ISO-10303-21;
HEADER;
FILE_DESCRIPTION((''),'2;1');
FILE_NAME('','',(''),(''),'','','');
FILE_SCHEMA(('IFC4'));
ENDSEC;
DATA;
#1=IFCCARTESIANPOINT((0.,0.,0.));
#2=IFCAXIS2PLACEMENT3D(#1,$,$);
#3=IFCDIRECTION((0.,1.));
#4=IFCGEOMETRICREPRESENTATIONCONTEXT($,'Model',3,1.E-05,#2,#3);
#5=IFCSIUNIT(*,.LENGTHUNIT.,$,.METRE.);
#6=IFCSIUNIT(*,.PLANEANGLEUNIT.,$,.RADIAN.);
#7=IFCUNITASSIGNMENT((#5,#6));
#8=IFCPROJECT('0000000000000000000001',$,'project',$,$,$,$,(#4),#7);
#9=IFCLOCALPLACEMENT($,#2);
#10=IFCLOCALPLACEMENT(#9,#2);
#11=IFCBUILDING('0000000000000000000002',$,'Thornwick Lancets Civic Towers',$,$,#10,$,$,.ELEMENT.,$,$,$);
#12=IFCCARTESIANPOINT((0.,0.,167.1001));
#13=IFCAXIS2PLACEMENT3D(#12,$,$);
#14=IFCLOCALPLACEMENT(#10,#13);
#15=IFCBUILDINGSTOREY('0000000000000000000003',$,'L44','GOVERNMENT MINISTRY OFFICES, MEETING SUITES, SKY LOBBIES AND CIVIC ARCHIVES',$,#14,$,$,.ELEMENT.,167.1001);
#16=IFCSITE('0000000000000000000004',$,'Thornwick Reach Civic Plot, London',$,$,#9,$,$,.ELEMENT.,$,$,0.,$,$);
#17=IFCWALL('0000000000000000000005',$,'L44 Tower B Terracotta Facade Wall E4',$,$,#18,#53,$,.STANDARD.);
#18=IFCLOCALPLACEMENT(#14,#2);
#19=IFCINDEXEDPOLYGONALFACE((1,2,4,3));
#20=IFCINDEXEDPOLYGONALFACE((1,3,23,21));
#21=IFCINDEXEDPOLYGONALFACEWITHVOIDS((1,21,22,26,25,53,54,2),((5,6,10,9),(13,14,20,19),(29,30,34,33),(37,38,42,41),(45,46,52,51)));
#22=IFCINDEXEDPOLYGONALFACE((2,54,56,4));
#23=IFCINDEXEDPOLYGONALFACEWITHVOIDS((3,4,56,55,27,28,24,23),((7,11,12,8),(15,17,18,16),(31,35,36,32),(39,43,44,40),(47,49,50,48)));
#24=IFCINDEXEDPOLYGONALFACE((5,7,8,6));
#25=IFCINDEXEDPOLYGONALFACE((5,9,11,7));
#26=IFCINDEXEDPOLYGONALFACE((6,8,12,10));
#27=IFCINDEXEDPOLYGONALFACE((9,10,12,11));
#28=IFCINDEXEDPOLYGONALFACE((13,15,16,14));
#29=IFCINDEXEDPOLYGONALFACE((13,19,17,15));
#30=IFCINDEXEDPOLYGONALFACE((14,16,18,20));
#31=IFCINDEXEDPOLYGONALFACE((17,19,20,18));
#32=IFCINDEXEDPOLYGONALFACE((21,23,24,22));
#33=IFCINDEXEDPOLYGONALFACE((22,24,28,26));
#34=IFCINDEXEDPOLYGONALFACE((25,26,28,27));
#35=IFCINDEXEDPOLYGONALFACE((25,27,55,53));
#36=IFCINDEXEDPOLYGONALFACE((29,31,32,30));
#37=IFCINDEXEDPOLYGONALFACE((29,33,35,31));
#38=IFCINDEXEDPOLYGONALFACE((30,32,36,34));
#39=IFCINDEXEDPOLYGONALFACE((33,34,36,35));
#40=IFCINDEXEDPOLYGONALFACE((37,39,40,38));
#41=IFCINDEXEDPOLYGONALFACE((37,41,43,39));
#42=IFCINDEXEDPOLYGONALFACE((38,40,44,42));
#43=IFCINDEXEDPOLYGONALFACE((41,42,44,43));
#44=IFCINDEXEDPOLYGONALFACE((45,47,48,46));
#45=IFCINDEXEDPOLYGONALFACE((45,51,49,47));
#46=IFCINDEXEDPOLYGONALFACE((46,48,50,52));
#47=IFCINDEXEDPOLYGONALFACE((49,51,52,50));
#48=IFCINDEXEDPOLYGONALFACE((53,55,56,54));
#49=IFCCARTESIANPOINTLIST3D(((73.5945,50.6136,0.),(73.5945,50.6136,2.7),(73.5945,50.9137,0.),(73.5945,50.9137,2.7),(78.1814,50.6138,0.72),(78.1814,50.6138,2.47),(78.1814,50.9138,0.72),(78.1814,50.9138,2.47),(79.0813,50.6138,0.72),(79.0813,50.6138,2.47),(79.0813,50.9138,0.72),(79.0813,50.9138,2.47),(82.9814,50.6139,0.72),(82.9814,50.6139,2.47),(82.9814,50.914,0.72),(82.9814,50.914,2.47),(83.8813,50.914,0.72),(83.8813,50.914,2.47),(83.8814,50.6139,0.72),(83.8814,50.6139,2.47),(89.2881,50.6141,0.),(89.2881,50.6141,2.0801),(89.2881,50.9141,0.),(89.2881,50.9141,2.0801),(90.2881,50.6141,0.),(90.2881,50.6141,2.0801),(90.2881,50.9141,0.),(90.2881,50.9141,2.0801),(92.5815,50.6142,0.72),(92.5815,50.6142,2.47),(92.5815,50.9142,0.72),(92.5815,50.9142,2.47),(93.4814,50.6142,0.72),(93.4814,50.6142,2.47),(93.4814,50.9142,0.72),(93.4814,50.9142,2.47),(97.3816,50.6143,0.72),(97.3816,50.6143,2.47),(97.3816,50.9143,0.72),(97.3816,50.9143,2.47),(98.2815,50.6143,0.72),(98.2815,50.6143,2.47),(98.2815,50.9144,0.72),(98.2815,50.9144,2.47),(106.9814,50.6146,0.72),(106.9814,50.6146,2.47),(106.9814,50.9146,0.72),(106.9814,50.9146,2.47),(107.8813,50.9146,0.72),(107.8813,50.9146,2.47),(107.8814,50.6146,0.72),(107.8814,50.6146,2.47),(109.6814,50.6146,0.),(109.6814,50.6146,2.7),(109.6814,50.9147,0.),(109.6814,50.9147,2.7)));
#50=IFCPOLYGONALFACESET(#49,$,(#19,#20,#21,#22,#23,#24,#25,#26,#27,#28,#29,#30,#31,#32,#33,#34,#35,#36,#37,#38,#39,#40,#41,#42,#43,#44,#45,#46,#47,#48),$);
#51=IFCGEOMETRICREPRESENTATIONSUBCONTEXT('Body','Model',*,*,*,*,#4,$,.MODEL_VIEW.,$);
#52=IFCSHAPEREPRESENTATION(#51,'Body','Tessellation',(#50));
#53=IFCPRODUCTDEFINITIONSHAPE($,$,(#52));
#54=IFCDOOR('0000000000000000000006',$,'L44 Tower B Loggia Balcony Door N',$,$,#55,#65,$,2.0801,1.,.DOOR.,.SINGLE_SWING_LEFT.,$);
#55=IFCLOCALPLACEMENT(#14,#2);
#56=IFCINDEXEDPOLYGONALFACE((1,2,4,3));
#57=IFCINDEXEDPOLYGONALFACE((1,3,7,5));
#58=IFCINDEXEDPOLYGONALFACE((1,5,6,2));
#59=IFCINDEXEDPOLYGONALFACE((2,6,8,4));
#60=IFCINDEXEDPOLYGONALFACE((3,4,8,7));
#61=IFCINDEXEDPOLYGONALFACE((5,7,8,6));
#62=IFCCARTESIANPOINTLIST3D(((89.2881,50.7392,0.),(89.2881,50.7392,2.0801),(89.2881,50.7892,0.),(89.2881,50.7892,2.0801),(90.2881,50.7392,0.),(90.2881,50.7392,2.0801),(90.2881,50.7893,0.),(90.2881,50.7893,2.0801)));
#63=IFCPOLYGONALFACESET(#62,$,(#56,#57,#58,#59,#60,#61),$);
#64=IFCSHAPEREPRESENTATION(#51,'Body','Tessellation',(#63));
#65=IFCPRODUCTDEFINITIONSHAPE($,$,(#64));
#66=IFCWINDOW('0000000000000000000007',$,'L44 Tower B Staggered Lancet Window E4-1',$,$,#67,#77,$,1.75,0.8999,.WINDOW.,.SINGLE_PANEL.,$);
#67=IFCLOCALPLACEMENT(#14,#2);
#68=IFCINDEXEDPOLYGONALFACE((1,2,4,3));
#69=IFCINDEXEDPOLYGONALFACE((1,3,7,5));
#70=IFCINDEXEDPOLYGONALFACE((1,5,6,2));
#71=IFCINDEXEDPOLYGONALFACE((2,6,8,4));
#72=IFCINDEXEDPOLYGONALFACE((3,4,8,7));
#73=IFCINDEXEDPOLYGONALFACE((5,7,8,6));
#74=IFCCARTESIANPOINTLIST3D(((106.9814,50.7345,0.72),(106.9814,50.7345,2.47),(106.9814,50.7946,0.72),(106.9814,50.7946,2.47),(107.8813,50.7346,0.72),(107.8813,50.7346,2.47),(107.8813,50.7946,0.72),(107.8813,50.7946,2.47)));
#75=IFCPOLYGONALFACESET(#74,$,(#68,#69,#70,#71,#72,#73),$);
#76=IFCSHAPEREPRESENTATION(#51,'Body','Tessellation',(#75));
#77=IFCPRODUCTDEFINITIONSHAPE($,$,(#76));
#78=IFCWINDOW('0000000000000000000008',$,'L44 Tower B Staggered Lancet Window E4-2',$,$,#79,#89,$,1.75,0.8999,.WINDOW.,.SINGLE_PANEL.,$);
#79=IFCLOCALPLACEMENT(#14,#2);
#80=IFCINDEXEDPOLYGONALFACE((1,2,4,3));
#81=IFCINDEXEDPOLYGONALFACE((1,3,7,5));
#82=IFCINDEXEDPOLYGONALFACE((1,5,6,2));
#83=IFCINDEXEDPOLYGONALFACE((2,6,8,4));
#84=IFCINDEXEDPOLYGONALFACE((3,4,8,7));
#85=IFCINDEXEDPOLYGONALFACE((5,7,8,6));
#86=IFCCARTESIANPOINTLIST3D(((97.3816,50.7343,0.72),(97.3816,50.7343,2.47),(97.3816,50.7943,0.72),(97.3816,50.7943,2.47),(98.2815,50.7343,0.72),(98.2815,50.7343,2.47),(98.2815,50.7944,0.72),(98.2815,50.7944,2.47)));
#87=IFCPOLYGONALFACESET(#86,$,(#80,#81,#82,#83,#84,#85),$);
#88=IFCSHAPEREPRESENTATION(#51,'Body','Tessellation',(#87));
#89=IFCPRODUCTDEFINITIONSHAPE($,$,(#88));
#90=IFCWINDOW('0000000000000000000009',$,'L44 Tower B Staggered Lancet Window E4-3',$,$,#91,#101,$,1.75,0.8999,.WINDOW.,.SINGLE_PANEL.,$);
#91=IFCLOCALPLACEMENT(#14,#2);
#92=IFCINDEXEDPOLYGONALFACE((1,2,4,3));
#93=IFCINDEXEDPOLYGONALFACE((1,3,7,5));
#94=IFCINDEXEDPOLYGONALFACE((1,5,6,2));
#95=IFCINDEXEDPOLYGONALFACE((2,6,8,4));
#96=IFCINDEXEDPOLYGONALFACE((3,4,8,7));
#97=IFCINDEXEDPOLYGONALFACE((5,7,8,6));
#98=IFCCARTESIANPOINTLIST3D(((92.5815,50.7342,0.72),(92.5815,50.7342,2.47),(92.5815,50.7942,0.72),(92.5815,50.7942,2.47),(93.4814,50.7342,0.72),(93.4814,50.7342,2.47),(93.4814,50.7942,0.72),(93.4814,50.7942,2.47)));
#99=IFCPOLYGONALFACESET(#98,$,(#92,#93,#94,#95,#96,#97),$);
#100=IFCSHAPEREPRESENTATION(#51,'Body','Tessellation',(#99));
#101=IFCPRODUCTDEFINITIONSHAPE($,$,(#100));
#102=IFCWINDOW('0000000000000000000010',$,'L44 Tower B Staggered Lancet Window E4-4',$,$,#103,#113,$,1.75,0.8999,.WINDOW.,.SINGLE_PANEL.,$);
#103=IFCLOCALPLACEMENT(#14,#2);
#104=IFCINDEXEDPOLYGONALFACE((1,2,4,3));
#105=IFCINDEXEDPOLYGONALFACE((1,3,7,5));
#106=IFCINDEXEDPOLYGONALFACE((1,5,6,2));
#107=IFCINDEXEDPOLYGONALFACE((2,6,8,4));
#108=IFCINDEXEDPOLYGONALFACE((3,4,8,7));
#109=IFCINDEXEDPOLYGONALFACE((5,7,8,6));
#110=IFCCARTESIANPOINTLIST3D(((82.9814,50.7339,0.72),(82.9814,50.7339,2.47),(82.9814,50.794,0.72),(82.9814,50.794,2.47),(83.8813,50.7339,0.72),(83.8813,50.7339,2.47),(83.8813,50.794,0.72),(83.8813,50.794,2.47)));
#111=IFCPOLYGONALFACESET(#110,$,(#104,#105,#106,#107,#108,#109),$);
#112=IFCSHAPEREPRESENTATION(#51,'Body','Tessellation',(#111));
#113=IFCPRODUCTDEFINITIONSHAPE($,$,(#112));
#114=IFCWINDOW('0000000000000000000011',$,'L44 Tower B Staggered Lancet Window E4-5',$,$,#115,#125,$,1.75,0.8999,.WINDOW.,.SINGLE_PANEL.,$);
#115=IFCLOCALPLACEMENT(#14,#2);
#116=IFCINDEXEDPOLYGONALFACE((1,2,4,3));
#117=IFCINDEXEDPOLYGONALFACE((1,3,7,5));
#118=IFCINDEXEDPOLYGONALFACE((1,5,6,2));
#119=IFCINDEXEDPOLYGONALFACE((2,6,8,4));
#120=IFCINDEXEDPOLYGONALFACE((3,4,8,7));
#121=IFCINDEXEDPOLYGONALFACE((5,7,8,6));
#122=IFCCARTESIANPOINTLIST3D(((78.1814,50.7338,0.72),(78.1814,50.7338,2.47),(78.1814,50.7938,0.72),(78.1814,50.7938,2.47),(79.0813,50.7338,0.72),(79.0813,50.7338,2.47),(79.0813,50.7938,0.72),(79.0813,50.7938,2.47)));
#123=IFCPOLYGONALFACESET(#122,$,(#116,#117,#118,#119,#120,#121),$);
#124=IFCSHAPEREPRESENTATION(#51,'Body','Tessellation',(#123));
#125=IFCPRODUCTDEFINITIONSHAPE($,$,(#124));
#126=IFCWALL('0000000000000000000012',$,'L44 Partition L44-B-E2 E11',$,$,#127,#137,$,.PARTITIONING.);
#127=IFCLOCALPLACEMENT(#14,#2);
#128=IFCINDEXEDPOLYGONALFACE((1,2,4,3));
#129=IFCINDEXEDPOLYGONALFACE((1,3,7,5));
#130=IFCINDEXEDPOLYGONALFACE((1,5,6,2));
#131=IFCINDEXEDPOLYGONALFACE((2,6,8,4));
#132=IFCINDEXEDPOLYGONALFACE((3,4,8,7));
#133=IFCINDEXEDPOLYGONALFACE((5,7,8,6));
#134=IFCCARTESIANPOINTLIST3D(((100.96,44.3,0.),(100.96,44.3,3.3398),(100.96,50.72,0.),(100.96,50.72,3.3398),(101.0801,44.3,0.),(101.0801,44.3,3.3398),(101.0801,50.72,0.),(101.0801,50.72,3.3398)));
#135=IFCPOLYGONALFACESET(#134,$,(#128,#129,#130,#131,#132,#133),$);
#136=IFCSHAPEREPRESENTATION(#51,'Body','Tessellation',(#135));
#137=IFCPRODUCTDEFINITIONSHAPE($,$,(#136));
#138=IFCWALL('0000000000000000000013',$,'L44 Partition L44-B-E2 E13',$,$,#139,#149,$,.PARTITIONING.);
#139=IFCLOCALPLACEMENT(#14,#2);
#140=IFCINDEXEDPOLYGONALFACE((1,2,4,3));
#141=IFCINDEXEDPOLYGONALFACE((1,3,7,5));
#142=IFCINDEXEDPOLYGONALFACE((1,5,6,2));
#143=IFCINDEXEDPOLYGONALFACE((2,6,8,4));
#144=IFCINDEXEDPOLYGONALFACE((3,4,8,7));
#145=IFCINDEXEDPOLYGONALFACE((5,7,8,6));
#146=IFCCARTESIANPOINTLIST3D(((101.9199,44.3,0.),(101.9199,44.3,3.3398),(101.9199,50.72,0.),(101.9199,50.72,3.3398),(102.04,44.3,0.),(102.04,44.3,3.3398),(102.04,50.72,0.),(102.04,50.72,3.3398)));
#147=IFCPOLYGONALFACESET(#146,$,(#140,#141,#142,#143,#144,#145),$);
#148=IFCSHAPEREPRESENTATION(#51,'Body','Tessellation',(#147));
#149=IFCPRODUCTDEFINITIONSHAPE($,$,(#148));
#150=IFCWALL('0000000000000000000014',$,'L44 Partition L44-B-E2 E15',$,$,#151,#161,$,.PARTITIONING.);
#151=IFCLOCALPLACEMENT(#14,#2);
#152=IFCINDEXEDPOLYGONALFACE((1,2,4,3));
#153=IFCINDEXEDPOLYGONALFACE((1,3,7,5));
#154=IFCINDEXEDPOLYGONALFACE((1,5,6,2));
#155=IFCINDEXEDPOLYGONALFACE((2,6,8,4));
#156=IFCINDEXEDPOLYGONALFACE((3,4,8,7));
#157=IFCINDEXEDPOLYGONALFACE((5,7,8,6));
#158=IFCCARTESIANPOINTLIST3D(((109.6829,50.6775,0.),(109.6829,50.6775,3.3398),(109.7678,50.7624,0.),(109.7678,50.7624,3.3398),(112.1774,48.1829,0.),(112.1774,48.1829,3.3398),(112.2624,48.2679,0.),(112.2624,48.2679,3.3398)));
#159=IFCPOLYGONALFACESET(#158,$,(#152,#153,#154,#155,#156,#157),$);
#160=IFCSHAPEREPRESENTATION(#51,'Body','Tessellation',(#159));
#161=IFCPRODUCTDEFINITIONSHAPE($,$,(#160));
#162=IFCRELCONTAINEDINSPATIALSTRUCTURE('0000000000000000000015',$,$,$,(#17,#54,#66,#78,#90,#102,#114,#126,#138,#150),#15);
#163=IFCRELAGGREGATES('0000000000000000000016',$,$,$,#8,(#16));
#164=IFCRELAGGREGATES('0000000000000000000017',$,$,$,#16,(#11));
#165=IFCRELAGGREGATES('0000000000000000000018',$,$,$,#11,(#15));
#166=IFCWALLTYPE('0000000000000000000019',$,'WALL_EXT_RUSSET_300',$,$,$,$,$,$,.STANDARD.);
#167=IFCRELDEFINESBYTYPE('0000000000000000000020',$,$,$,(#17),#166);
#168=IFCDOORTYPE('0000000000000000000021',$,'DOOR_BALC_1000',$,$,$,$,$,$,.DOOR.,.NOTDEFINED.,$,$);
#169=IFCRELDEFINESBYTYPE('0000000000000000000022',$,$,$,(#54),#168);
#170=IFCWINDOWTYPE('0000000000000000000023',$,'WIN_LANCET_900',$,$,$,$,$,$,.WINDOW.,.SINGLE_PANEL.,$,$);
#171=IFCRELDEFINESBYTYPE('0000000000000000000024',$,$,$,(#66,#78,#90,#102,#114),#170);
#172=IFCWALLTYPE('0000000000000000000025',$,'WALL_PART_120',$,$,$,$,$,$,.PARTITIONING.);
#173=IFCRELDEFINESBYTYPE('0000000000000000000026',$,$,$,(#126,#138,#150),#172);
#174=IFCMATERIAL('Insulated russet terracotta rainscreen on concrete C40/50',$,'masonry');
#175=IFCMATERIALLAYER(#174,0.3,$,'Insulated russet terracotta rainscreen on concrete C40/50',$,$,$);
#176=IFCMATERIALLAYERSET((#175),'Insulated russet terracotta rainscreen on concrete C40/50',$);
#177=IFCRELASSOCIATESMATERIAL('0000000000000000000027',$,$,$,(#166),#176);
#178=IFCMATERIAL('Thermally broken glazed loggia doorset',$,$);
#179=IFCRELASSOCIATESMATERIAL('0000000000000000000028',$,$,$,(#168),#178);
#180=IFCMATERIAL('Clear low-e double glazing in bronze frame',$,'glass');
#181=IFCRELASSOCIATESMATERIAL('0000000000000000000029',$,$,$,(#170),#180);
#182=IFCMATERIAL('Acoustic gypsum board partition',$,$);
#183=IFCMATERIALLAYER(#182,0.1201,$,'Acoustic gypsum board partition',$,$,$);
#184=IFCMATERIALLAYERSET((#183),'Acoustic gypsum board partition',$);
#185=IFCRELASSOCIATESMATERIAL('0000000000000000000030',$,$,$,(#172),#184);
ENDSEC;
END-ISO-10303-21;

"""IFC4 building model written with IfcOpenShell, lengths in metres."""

from ifc_helpers import new_model, si_unit, direction, frame, frame_2d, origin, place, context, subcontext, project, spatial, rectangle, extrude, material, layer, layer_set, type_object, element, fill, save


model = new_model("IFC4")

# Units and contexts
model_context = context("Model", 3, precision=1e-05, world=origin(), true_north=direction((0.0, 1.0)))
body_context = subcontext(model_context, "Body", "Model", "MODEL_VIEW")
ifc_project = project(units=[si_unit("LENGTHUNIT", "METRE"), si_unit("PLANEANGLEUNIT", "RADIAN")], contexts=[model_context])

# Site, building, storey
site_placement = place(None, origin())
site = spatial("IfcSite", under=ifc_project, at=site_placement, Name="Thornwick Reach Civic Plot, London", CompositionType="ELEMENT", RefElevation=0.0)
building_placement = place(site_placement, origin())
building = spatial("IfcBuilding", under=site, at=building_placement, Name="Thornwick Lancets Civic Towers", CompositionType="ELEMENT")
storey_placement = place(building_placement, frame((0.0, 0.0, 167.1001)))
storey = spatial("IfcBuildingStorey", under=building, at=storey_placement, Name="L44", Description="GOVERNMENT MINISTRY OFFICES, MEETING SUITES, SKY LOBBIES AND CIVIC ARCHIVES", CompositionType="ELEMENT", Elevation=167.1001)

# Wall, openings, door, windows
ifc_material_1 = material(Name="Insulated russet terracotta rainscreen on concrete C40/50", Category="masonry")
ifc_layer_1 = layer(ifc_material_1, 0.3, Name="Insulated russet terracotta rainscreen on concrete C40/50")
ifc_layer_set_1 = layer_set([ifc_layer_1], Name="Insulated russet terracotta rainscreen on concrete C40/50")
wall_type_1 = type_object("IfcWallType", Name="WALL_EXT_RUSSET_300", PredefinedType="STANDARD", material=ifc_layer_set_1)
wall_1_placement = place(storey_placement, frame((109.6814, 50.7646, 0.0), z_axis=(0.0, 0.0, 1.0), x_axis=(-1.0, -0.000027, 0.0)))
wall_1 = element("IfcWall", 1, at=wall_1_placement, inside=storey, type_object=wall_type_1, Name="L44 Tower B Terracotta Facade Wall E4", PredefinedType="STANDARD", context=body_context, shape_type="SweptSolid", body=[
    extrude(rectangle(XDim=36.0869, YDim=0.3, at=frame_2d((18.0435, 0.0))), origin(), (0.0, 0.0, 1.0), 2.7),
])
opening_1_placement = place(wall_1_placement, frame((19.3933, 0.0, 0.0)))
opening_1 = element("IfcOpeningElement", 2, at=opening_1_placement, cuts=wall_1, PredefinedType="OPENING", context=body_context, shape_type="SweptSolid", body=[
    extrude(rectangle(XDim=1.0, YDim=2.0801, at=frame_2d((0.5, 1.04))), frame((0.0, 0.1602, 0.0), z_axis=(0.0, -1.0, 0.0), x_axis=(1.0, 0.0, 0.0)), (0.0, 0.0, 1.0), 0.3201),
])
opening_2_placement = place(wall_1_placement, frame((1.8, 0.0, 0.72)))
opening_2 = element("IfcOpeningElement", 3, at=opening_2_placement, cuts=wall_1, PredefinedType="OPENING", context=body_context, shape_type="SweptSolid", body=[
    extrude(rectangle(XDim=0.8999, YDim=1.75, at=frame_2d((0.45, 0.875))), frame((0.0, 0.1602, 0.0), z_axis=(0.0, -1.0, 0.0), x_axis=(1.0, 0.0, 0.0)), (0.0, 0.0, 1.0), 0.3201),
])
opening_3_placement = place(wall_1_placement, frame((11.3999, 0.0, 0.72)))
opening_3 = element("IfcOpeningElement", 4, at=opening_3_placement, cuts=wall_1, PredefinedType="OPENING", context=body_context, shape_type="SweptSolid", body=[
    extrude(rectangle(XDim=0.8999, YDim=1.75, at=frame_2d((0.45, 0.875))), frame((0.0, 0.1602, 0.0), z_axis=(0.0, -1.0, 0.0), x_axis=(1.0, 0.0, 0.0)), (0.0, 0.0, 1.0), 0.3201),
])
opening_4_placement = place(wall_1_placement, frame((16.2, 0.0, 0.72)))
opening_4 = element("IfcOpeningElement", 5, at=opening_4_placement, cuts=wall_1, PredefinedType="OPENING", context=body_context, shape_type="SweptSolid", body=[
    extrude(rectangle(XDim=0.8999, YDim=1.75, at=frame_2d((0.45, 0.875))), frame((0.0, 0.1602, 0.0), z_axis=(0.0, -1.0, 0.0), x_axis=(1.0, 0.0, 0.0)), (0.0, 0.0, 1.0), 0.3201),
])
opening_5_placement = place(wall_1_placement, frame((25.8, 0.0, 0.72)))
opening_5 = element("IfcOpeningElement", 6, at=opening_5_placement, cuts=wall_1, PredefinedType="OPENING", context=body_context, shape_type="SweptSolid", body=[
    extrude(rectangle(XDim=0.8999, YDim=1.75, at=frame_2d((0.45, 0.875))), frame((0.0, 0.1602, 0.0), z_axis=(0.0, -1.0, 0.0), x_axis=(1.0, 0.0, 0.0)), (0.0, 0.0, 1.0), 0.3201),
])
opening_6_placement = place(wall_1_placement, frame((30.6001, 0.0, 0.72)))
opening_6 = element("IfcOpeningElement", 7, at=opening_6_placement, cuts=wall_1, PredefinedType="OPENING", context=body_context, shape_type="SweptSolid", body=[
    extrude(rectangle(XDim=0.8999, YDim=1.75, at=frame_2d((0.45, 0.875))), frame((0.0, 0.1602, 0.0), z_axis=(0.0, -1.0, 0.0), x_axis=(1.0, 0.0, 0.0)), (0.0, 0.0, 1.0), 0.3201),
])
ifc_material_2 = material(Name="Thermally broken glazed loggia doorset")
door_type = type_object("IfcDoorType", Name="DOOR_BALC_1000", OperationType="NOTDEFINED", PredefinedType="DOOR", material=ifc_material_2)
door_placement = place(opening_1_placement, origin())
door = element("IfcDoor", 8, at=door_placement, inside=storey, type_object=door_type, Name="L44 Tower B Loggia Balcony Door N", OperationType="SINGLE_SWING_LEFT", OverallHeight=2.0801, OverallWidth=1.0, PredefinedType="DOOR", context=body_context, shape_type="SweptSolid", body=[
    extrude(rectangle(XDim=1.0, YDim=2.0801, at=frame_2d((0.5, 1.04))), frame((0.0, 0.0249, 0.0), z_axis=(0.0, -1.0, 0.0), x_axis=(1.0, 0.0, 0.0)), (0.0, 0.0, 1.0), 0.05),
])
fill(opening_1, door)
ifc_material_3 = material(Name="Clear low-e double glazing in bronze frame", Category="glass")
window_type = type_object("IfcWindowType", Name="WIN_LANCET_900", PartitioningType="SINGLE_PANEL", PredefinedType="WINDOW", material=ifc_material_3)
window_1_placement = place(opening_2_placement, origin())
window_1 = element("IfcWindow", 9, at=window_1_placement, inside=storey, type_object=window_type, Name="L44 Tower B Staggered Lancet Window E4-1", OverallHeight=1.75, OverallWidth=0.8999, PartitioningType="SINGLE_PANEL", PredefinedType="WINDOW", context=body_context, shape_type="SweptSolid", body=[
    extrude(rectangle(XDim=0.8999, YDim=1.75, at=frame_2d((0.45, 0.875))), frame((0.0, 0.03, 0.0), z_axis=(0.0, -1.0, 0.0), x_axis=(1.0, 0.0, 0.0)), (0.0, 0.0, 1.0), 0.0601),
])
fill(opening_2, window_1)
window_2_placement = place(opening_3_placement, origin())
window_2 = element("IfcWindow", 10, at=window_2_placement, inside=storey, type_object=window_type, Name="L44 Tower B Staggered Lancet Window E4-2", OverallHeight=1.75, OverallWidth=0.8999, PartitioningType="SINGLE_PANEL", PredefinedType="WINDOW", context=body_context, shape_type="SweptSolid", body=[
    extrude(rectangle(XDim=0.8999, YDim=1.75, at=frame_2d((0.45, 0.875))), frame((0.0, 0.03, 0.0), z_axis=(0.0, -1.0, 0.0), x_axis=(1.0, 0.0, 0.0)), (0.0, 0.0, 1.0), 0.0601),
])
fill(opening_3, window_2)
window_3_placement = place(opening_4_placement, origin())
window_3 = element("IfcWindow", 11, at=window_3_placement, inside=storey, type_object=window_type, Name="L44 Tower B Staggered Lancet Window E4-3", OverallHeight=1.75, OverallWidth=0.8999, PartitioningType="SINGLE_PANEL", PredefinedType="WINDOW", context=body_context, shape_type="SweptSolid", body=[
    extrude(rectangle(XDim=0.8999, YDim=1.75, at=frame_2d((0.45, 0.875))), frame((0.0, 0.03, 0.0), z_axis=(0.0, -1.0, 0.0), x_axis=(1.0, 0.0, 0.0)), (0.0, 0.0, 1.0), 0.0601),
])
fill(opening_4, window_3)
window_4_placement = place(opening_5_placement, origin())
window_4 = element("IfcWindow", 12, at=window_4_placement, inside=storey, type_object=window_type, Name="L44 Tower B Staggered Lancet Window E4-4", OverallHeight=1.75, OverallWidth=0.8999, PartitioningType="SINGLE_PANEL", PredefinedType="WINDOW", context=body_context, shape_type="SweptSolid", body=[
    extrude(rectangle(XDim=0.8999, YDim=1.75, at=frame_2d((0.45, 0.875))), frame((0.0, 0.03, 0.0), z_axis=(0.0, -1.0, 0.0), x_axis=(1.0, 0.0, 0.0)), (0.0, 0.0, 1.0), 0.0601),
])
fill(opening_5, window_4)
window_5_placement = place(opening_6_placement, origin())
window_5 = element("IfcWindow", 13, at=window_5_placement, inside=storey, type_object=window_type, Name="L44 Tower B Staggered Lancet Window E4-5", OverallHeight=1.75, OverallWidth=0.8999, PartitioningType="SINGLE_PANEL", PredefinedType="WINDOW", context=body_context, shape_type="SweptSolid", body=[
    extrude(rectangle(XDim=0.8999, YDim=1.75, at=frame_2d((0.45, 0.875))), frame((0.0, 0.03, 0.0), z_axis=(0.0, -1.0, 0.0), x_axis=(1.0, 0.0, 0.0)), (0.0, 0.0, 1.0), 0.0601),
])
fill(opening_6, window_5)

# Walls
ifc_material_4 = material(Name="Acoustic gypsum board partition")
ifc_layer_2 = layer(ifc_material_4, 0.1201, Name="Acoustic gypsum board partition")
ifc_layer_set_2 = layer_set([ifc_layer_2], Name="Acoustic gypsum board partition")
wall_type_2 = type_object("IfcWallType", Name="WALL_PART_120", PredefinedType="PARTITIONING", material=ifc_layer_set_2)
for number, where, z_axis, x_axis, name in (
    (14, (101.02, 50.72, 0.0), (0.0, 0.0, 1.0), (0.0, -1.0, 0.0), "L44 Partition L44-B-E2 E11"),
    (15, (101.98, 44.3, 0.0), (0.0, 0.0, 1.0), (0.0, 1.0, 0.0), "L44 Partition L44-B-E2 E13"),
):
    element("IfcWall", number, at=place(storey_placement, frame(where, z_axis=z_axis, x_axis=x_axis)), inside=storey, type_object=wall_type_2, Name=name, PredefinedType="PARTITIONING", context=body_context, shape_type="SweptSolid", body=[
        extrude(rectangle(XDim=6.4199, YDim=0.1201, at=frame_2d((3.21, 0.0))), origin(), (0.0, 0.0, 1.0), 3.3398),
    ])
wall_2_placement = place(storey_placement, frame((109.7253, 50.72, 0.0), z_axis=(0.0, 0.0, 1.0), x_axis=(0.707107, -0.707107, 0.0)))
element("IfcWall", 16, at=wall_2_placement, inside=storey, type_object=wall_type_2, Name="L44 Partition L44-B-E2 E15", PredefinedType="PARTITIONING", context=body_context, shape_type="SweptSolid", body=[
    extrude(rectangle(XDim=3.5278, YDim=0.1201, at=frame_2d((1.7639, 0.0))), origin(), (0.0, 0.0, 1.0), 3.3398),
])

save(model, "model.ifc")
